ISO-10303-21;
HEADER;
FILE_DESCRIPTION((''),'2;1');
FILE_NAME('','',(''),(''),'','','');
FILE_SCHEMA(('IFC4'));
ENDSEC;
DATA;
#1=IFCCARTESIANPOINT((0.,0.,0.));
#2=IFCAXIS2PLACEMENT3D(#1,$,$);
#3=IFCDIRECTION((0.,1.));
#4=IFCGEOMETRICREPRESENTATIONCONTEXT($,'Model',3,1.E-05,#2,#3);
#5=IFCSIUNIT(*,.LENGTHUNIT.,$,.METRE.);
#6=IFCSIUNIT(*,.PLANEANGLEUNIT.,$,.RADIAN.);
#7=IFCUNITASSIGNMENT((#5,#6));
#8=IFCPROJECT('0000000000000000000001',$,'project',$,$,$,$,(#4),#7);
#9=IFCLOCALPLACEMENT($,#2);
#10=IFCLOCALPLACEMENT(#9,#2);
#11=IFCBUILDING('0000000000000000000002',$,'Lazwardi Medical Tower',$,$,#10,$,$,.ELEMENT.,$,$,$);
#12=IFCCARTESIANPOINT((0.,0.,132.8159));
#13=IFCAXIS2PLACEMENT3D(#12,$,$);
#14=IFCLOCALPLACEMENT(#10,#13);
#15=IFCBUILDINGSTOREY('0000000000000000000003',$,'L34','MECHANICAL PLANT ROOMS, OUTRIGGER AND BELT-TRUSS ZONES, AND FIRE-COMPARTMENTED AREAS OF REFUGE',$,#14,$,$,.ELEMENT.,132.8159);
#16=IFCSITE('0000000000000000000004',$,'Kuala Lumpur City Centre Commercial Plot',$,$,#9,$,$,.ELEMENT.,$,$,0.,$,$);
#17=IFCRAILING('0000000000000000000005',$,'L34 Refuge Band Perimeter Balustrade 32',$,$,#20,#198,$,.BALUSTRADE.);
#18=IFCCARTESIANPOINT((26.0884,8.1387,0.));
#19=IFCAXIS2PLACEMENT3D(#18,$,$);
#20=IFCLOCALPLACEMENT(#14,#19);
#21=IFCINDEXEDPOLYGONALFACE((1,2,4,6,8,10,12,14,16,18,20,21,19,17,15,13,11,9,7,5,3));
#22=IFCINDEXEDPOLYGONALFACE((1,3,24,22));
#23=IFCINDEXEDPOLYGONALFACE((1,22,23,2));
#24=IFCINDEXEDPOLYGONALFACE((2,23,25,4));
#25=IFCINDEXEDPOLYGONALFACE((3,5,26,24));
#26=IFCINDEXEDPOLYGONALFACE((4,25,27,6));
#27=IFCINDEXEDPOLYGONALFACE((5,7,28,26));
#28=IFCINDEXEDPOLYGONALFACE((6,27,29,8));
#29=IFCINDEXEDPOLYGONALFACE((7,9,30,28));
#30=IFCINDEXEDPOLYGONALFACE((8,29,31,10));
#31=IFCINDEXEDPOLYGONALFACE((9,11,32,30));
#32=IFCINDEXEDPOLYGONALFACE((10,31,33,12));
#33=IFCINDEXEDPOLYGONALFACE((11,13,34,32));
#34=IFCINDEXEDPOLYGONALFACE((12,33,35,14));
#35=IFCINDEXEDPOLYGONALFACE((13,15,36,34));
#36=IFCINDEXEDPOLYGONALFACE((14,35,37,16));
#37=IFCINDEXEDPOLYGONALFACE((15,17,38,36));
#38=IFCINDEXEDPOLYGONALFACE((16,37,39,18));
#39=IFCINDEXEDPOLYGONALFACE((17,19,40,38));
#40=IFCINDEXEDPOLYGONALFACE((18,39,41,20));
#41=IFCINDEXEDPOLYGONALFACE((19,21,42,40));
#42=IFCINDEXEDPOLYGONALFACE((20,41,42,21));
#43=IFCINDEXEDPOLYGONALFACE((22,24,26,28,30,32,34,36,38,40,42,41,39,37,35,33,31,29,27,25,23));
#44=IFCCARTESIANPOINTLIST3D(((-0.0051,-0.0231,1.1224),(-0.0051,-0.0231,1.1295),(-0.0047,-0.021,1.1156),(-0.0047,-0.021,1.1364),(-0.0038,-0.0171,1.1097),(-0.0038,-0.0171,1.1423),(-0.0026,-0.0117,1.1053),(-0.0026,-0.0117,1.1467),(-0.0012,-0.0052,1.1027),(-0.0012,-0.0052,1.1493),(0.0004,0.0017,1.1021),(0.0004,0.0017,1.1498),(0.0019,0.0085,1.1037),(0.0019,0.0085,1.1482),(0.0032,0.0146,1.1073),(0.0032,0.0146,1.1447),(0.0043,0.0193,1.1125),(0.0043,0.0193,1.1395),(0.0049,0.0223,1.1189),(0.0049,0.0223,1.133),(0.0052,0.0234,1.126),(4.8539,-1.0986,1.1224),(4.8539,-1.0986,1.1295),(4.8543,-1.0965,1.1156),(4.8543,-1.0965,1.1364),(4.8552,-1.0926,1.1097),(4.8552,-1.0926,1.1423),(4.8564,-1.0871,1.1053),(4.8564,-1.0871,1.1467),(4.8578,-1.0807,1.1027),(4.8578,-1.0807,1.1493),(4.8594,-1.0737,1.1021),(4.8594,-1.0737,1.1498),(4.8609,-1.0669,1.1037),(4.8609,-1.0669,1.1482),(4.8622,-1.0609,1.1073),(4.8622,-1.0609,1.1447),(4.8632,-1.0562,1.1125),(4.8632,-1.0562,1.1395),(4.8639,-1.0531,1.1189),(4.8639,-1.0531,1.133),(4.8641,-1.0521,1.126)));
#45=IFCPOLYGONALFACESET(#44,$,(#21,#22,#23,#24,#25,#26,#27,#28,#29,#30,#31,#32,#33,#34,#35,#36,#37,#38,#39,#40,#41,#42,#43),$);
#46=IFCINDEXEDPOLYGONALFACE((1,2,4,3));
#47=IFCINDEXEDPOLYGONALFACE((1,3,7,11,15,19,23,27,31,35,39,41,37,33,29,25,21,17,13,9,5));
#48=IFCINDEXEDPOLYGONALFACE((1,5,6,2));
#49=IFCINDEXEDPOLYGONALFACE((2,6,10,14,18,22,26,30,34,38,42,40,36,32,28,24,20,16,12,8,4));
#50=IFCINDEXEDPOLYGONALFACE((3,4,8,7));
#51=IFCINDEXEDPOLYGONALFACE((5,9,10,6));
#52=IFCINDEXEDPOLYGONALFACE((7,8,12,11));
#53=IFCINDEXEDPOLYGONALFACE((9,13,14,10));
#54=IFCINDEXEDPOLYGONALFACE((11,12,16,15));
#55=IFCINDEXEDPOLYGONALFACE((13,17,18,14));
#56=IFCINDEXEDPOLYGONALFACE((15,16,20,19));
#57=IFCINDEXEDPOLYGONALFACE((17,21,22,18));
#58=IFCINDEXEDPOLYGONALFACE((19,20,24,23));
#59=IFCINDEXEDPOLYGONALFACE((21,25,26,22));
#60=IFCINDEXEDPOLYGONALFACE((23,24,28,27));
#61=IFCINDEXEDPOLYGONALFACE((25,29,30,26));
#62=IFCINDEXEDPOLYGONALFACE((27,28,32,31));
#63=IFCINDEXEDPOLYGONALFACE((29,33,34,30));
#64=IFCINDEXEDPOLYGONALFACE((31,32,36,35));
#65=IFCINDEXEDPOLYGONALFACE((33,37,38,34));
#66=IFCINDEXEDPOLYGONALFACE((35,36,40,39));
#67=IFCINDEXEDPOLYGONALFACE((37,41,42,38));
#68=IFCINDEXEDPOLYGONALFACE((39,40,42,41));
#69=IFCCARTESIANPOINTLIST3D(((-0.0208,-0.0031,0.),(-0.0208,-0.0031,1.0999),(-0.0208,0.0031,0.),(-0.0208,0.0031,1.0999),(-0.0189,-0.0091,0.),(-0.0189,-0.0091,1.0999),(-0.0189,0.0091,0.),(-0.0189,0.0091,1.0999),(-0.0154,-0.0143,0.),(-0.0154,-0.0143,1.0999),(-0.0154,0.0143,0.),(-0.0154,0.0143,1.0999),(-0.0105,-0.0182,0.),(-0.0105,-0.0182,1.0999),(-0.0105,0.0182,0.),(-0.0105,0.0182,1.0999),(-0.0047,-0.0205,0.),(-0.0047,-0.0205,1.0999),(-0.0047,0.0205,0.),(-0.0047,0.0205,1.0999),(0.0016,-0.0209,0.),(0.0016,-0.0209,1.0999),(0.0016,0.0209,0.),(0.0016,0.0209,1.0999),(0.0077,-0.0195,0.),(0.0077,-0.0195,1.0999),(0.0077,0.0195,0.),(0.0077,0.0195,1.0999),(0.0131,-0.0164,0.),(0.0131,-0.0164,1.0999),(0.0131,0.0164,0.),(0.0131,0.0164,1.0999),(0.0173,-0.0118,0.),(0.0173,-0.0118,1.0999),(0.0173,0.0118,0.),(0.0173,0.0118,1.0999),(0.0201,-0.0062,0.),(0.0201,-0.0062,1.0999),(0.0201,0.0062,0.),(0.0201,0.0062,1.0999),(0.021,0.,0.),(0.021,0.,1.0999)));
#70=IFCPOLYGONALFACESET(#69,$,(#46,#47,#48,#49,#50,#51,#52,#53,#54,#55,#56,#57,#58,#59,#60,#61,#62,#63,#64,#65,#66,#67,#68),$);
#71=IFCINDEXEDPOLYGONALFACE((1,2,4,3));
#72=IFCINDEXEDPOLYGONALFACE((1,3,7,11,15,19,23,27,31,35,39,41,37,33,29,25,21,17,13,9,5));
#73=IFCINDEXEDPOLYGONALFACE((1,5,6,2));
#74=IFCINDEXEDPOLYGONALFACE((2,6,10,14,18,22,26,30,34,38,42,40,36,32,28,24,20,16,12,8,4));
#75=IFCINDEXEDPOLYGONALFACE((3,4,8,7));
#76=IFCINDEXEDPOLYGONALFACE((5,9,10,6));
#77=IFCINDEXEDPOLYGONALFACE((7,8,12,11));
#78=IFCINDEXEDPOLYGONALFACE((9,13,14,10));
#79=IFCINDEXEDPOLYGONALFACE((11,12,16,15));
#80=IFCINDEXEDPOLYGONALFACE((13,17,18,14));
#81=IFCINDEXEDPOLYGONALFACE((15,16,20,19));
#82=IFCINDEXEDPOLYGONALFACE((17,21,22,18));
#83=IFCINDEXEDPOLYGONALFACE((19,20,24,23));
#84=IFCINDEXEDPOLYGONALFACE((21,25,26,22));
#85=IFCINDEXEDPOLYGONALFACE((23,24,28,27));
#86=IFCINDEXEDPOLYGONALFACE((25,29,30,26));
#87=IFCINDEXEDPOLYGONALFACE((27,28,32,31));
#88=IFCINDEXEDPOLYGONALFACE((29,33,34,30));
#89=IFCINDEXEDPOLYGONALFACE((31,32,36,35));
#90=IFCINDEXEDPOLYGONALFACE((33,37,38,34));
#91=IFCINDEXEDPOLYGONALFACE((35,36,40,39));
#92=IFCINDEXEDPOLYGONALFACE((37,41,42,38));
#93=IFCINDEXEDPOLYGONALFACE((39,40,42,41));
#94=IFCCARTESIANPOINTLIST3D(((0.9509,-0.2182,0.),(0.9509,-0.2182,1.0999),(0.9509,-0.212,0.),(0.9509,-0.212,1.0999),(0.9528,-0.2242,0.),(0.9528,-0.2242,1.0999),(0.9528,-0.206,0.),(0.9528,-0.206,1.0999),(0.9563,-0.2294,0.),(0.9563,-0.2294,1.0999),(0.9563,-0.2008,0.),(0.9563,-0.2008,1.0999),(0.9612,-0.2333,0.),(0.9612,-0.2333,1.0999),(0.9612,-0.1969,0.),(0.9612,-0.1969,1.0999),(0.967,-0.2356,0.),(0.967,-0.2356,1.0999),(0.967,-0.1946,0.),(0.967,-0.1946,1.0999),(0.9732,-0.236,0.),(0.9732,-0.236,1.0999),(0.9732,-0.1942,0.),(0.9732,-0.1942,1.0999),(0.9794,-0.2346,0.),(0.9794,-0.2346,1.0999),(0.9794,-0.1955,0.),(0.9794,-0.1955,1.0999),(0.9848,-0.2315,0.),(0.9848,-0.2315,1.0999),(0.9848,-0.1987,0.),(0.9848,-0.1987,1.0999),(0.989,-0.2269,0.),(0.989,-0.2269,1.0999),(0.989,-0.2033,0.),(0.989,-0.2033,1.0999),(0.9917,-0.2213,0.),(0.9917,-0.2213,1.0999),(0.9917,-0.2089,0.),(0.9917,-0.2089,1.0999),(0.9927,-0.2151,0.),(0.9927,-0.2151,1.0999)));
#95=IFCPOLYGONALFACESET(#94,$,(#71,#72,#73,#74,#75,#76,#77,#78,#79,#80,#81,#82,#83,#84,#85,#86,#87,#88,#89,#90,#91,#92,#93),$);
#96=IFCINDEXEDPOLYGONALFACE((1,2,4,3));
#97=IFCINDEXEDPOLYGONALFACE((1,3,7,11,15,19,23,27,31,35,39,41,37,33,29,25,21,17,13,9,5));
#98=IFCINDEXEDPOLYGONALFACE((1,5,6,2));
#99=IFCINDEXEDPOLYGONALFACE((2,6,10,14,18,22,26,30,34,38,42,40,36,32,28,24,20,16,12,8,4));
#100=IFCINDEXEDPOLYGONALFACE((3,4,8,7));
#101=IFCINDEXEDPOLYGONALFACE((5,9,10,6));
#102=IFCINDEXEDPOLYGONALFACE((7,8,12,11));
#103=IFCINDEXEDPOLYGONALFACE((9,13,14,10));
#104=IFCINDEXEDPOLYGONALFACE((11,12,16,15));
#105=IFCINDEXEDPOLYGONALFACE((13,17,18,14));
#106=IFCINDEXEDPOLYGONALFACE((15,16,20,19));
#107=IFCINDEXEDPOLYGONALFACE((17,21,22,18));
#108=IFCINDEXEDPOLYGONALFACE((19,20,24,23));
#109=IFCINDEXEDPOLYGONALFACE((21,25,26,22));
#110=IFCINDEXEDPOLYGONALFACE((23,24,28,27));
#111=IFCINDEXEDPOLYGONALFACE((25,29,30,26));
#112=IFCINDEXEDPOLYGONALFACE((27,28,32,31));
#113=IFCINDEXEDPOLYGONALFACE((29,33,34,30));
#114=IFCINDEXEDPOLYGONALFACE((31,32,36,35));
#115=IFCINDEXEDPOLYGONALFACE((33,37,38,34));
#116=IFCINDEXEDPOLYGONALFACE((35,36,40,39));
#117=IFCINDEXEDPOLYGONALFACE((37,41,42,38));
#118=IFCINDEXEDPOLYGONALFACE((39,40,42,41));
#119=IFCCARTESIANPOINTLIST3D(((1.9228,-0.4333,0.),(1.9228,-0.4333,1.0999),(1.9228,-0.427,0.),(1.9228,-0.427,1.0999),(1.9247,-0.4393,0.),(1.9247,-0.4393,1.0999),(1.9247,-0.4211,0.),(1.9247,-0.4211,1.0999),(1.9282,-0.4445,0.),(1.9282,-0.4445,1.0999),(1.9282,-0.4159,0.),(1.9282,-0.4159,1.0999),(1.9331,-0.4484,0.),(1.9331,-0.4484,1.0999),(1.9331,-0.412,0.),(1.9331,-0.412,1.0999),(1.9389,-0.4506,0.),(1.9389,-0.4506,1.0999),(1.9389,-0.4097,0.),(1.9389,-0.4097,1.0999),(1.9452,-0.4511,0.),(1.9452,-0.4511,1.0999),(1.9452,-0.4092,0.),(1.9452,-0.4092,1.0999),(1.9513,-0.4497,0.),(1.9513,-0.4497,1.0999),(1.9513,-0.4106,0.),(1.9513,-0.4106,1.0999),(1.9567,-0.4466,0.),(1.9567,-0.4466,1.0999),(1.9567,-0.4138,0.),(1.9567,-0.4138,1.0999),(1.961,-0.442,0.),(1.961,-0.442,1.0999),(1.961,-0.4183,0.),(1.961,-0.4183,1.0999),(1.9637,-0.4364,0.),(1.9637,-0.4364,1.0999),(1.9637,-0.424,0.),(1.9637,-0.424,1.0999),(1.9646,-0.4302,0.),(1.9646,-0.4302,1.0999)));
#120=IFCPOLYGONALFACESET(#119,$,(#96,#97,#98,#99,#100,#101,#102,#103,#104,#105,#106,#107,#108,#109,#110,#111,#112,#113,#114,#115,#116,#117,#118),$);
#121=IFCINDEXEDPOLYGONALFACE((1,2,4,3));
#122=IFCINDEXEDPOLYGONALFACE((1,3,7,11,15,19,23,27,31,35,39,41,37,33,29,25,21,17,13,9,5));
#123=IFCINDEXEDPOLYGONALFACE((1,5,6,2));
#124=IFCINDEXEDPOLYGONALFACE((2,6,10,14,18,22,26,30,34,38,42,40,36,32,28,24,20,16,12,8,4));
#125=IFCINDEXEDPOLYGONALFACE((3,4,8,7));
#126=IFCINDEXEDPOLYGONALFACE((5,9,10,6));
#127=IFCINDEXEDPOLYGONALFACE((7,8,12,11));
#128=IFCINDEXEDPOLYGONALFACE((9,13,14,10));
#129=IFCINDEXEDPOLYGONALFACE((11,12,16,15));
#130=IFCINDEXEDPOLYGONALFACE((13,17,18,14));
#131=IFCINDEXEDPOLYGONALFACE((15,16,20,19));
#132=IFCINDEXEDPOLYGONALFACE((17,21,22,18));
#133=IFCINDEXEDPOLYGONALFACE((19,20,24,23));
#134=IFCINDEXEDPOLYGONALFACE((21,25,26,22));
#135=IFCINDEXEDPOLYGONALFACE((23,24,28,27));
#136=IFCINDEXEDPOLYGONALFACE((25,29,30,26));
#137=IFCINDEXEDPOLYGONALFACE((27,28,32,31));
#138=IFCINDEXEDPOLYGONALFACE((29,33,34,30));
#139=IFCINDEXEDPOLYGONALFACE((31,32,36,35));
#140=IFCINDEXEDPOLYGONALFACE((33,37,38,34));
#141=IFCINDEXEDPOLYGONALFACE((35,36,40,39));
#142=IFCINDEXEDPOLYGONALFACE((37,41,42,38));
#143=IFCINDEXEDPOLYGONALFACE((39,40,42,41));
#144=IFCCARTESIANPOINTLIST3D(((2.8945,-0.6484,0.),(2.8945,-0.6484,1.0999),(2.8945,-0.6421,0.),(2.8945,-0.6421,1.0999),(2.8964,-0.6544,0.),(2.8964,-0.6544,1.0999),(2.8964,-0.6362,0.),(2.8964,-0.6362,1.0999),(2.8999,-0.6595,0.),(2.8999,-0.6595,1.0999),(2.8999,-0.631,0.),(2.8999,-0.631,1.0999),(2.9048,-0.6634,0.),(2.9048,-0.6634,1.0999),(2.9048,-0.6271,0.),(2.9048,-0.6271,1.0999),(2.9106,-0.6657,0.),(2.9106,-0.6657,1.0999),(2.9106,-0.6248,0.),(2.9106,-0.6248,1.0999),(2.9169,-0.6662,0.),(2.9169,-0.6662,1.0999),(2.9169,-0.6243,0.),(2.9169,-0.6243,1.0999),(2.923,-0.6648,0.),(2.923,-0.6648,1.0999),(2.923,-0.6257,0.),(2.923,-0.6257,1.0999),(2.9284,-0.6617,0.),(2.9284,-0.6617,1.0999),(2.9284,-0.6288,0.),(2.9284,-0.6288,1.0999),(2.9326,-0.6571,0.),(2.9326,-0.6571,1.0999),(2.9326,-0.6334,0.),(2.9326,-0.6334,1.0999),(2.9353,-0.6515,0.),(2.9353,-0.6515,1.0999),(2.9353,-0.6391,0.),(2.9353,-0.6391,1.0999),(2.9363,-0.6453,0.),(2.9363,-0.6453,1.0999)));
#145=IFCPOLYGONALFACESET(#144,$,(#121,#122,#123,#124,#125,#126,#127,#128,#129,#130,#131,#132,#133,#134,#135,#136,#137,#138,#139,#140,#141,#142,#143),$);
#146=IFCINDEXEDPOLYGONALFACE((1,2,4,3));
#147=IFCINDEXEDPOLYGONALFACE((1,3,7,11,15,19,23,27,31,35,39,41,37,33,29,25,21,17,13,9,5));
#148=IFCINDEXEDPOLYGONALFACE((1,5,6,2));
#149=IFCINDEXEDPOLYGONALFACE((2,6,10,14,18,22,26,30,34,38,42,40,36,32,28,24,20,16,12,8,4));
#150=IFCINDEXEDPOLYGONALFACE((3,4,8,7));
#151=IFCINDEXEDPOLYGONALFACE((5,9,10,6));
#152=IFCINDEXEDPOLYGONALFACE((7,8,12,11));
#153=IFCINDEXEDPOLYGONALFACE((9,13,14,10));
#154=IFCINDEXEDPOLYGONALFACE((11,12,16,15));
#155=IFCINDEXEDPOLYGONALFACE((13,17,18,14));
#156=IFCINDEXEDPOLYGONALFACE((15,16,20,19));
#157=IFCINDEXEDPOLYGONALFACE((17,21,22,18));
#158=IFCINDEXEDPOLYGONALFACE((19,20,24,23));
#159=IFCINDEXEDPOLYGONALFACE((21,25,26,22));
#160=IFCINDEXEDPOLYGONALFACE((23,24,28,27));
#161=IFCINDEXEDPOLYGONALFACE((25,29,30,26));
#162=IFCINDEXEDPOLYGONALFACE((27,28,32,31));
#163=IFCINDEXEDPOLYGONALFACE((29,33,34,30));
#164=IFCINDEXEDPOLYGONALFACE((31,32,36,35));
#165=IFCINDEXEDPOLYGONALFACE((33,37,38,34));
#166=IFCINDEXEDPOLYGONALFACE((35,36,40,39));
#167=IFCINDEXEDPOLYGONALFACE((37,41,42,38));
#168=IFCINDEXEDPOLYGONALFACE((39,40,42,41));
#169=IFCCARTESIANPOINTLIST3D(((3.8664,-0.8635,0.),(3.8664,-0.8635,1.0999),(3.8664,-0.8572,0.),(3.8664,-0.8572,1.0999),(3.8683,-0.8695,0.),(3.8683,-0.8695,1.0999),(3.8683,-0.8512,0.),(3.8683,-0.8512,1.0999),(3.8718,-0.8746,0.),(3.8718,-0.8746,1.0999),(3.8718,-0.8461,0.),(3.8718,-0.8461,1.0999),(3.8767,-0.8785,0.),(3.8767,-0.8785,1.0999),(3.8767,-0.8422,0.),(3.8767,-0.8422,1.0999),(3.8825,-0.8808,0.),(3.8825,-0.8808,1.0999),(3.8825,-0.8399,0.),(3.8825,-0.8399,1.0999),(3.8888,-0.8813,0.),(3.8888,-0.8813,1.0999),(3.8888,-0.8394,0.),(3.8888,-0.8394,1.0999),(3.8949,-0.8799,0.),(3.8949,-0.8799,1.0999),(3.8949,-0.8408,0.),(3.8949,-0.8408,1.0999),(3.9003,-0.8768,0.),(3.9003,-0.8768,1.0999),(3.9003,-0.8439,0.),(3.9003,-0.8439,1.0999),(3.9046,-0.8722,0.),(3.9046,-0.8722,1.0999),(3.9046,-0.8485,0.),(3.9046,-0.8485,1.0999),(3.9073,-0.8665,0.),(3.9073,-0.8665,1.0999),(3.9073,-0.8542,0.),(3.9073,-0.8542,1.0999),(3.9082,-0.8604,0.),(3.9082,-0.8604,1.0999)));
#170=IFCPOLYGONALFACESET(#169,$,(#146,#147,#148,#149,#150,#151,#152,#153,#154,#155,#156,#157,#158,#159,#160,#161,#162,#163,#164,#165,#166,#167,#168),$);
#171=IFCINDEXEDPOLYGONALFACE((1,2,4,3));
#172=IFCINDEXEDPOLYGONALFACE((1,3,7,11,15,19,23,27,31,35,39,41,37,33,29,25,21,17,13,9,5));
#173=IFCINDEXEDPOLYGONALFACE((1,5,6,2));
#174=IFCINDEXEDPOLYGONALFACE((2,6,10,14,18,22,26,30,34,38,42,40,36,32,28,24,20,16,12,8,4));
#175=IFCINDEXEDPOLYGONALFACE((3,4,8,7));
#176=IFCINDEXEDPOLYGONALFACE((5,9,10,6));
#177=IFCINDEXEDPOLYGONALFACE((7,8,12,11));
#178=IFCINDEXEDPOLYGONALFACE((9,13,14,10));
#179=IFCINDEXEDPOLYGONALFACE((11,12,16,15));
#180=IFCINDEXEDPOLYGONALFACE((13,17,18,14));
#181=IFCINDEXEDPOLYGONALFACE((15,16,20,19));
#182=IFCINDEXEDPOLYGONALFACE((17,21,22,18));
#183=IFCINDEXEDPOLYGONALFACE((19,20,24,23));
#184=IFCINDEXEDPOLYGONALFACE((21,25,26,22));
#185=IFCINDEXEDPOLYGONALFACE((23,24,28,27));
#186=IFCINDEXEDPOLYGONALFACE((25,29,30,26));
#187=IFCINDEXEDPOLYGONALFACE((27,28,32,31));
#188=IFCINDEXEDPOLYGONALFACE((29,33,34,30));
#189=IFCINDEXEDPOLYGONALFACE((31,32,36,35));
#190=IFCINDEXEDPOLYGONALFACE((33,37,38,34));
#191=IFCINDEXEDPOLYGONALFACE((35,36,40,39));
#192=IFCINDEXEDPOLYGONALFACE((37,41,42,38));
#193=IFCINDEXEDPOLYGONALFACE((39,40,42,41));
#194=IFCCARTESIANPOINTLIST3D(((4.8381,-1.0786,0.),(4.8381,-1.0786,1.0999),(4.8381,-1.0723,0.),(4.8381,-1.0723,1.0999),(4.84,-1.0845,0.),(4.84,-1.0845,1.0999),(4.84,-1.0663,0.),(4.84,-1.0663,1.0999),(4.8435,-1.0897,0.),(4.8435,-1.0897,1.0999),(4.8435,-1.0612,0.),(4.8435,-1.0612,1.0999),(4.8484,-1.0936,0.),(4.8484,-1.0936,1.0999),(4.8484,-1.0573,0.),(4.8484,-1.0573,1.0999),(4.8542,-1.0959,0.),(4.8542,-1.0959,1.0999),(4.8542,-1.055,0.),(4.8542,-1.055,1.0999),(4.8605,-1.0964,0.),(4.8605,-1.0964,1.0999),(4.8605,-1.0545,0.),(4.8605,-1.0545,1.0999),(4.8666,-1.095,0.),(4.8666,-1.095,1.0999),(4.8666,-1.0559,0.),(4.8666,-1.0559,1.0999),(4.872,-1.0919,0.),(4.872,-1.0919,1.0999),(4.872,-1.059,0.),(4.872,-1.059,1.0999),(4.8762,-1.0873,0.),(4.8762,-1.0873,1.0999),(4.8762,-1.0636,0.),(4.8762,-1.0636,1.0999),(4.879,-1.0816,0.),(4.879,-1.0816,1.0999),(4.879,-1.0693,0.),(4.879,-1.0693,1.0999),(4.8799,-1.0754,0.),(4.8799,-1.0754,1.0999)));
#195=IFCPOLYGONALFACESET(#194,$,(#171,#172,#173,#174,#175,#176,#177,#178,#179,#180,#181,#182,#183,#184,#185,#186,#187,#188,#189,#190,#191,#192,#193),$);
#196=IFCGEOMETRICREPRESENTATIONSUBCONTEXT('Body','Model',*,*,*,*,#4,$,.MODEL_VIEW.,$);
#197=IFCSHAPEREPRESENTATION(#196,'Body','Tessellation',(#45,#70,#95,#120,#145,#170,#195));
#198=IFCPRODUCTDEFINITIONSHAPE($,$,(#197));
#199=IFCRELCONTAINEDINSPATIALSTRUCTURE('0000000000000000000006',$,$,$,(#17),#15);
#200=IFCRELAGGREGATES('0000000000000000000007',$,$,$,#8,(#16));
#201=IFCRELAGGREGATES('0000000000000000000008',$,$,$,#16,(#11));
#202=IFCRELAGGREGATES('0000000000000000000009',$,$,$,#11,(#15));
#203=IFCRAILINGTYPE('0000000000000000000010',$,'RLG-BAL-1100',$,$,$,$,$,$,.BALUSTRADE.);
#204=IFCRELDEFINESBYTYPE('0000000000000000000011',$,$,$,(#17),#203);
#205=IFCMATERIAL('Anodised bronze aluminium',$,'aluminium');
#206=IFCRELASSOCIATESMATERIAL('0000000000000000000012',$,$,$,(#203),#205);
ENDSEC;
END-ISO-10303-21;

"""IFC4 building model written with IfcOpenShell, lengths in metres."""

from ifc_helpers import new_model, si_unit, direction, frame, origin, origin_2d, place, context, subcontext, project, spatial, circle, extrude, material, type_object, element, save


model = new_model("IFC4")

# Units and contexts
model_context = context("Model", 3, precision=1e-05, world=origin(), true_north=direction((0.0, 1.0)))
body_context = subcontext(model_context, "Body", "Model", "MODEL_VIEW")
ifc_project = project(units=[si_unit("LENGTHUNIT", "METRE"), si_unit("PLANEANGLEUNIT", "RADIAN")], contexts=[model_context])

# Site, building, storey
site_placement = place(None, origin())
site = spatial("IfcSite", under=ifc_project, at=site_placement, Name="Kuala Lumpur City Centre Commercial Plot", CompositionType="ELEMENT", RefElevation=0.0)
building_placement = place(site_placement, origin())
building = spatial("IfcBuilding", under=site, at=building_placement, Name="Lazwardi Medical Tower", CompositionType="ELEMENT")
storey_placement = place(building_placement, frame((0.0, 0.0, 132.8159)))
storey = spatial("IfcBuildingStorey", under=building, at=storey_placement, Name="L34", Description="MECHANICAL PLANT ROOMS, OUTRIGGER AND BELT-TRUSS ZONES, AND FIRE-COMPARTMENTED AREAS OF REFUGE", CompositionType="ELEMENT", Elevation=132.8159)

# Railing
ifc_material_1 = material(Name="Anodised bronze aluminium", Category="aluminium")
railing_type = type_object("IfcRailingType", Name="RLG-BAL-1100", PredefinedType="BALUSTRADE", material=ifc_material_1)
railing_1_placement = place(storey_placement, frame((26.0884, 8.1387, 0.0)))
element("IfcRailing", 1, at=railing_1_placement, inside=storey, type_object=railing_type, Name="L34 Refuge Band Perimeter Balustrade 32", PredefinedType="BALUSTRADE", context=body_context, shape_type="SweptSolid", body=[
    extrude(circle(Radius=0.0239, at=origin_2d()), frame((0.0, 0.0, 1.126), z_axis=(0.97637, -0.216104, 0.0), x_axis=(0.216104, 0.97637, 0.0)), (0.0, 0.0, 1.0), 4.9766),
    extrude(circle(Radius=0.021, at=origin_2d()), origin(), (0.0, 0.0, 1.0), 1.0999),
    extrude(circle(Radius=0.021, at=origin_2d()), frame((0.9717, -0.2151, 0.0)), (0.0, 0.0, 1.0), 1.0999),
    extrude(circle(Radius=0.021, at=origin_2d()), frame((1.9436, -0.4302, 0.0)), (0.0, 0.0, 1.0), 1.0999),
    extrude(circle(Radius=0.021, at=origin_2d()), frame((2.9153, -0.6453, 0.0)), (0.0, 0.0, 1.0), 1.0999),
    extrude(circle(Radius=0.021, at=origin_2d()), frame((3.8872, -0.8604, 0.0)), (0.0, 0.0, 1.0), 1.0999),
    extrude(circle(Radius=0.021, at=origin_2d()), frame((4.8589, -1.0754, 0.0)), (0.0, 0.0, 1.0), 1.0999),
])

save(model, "model.ifc")
